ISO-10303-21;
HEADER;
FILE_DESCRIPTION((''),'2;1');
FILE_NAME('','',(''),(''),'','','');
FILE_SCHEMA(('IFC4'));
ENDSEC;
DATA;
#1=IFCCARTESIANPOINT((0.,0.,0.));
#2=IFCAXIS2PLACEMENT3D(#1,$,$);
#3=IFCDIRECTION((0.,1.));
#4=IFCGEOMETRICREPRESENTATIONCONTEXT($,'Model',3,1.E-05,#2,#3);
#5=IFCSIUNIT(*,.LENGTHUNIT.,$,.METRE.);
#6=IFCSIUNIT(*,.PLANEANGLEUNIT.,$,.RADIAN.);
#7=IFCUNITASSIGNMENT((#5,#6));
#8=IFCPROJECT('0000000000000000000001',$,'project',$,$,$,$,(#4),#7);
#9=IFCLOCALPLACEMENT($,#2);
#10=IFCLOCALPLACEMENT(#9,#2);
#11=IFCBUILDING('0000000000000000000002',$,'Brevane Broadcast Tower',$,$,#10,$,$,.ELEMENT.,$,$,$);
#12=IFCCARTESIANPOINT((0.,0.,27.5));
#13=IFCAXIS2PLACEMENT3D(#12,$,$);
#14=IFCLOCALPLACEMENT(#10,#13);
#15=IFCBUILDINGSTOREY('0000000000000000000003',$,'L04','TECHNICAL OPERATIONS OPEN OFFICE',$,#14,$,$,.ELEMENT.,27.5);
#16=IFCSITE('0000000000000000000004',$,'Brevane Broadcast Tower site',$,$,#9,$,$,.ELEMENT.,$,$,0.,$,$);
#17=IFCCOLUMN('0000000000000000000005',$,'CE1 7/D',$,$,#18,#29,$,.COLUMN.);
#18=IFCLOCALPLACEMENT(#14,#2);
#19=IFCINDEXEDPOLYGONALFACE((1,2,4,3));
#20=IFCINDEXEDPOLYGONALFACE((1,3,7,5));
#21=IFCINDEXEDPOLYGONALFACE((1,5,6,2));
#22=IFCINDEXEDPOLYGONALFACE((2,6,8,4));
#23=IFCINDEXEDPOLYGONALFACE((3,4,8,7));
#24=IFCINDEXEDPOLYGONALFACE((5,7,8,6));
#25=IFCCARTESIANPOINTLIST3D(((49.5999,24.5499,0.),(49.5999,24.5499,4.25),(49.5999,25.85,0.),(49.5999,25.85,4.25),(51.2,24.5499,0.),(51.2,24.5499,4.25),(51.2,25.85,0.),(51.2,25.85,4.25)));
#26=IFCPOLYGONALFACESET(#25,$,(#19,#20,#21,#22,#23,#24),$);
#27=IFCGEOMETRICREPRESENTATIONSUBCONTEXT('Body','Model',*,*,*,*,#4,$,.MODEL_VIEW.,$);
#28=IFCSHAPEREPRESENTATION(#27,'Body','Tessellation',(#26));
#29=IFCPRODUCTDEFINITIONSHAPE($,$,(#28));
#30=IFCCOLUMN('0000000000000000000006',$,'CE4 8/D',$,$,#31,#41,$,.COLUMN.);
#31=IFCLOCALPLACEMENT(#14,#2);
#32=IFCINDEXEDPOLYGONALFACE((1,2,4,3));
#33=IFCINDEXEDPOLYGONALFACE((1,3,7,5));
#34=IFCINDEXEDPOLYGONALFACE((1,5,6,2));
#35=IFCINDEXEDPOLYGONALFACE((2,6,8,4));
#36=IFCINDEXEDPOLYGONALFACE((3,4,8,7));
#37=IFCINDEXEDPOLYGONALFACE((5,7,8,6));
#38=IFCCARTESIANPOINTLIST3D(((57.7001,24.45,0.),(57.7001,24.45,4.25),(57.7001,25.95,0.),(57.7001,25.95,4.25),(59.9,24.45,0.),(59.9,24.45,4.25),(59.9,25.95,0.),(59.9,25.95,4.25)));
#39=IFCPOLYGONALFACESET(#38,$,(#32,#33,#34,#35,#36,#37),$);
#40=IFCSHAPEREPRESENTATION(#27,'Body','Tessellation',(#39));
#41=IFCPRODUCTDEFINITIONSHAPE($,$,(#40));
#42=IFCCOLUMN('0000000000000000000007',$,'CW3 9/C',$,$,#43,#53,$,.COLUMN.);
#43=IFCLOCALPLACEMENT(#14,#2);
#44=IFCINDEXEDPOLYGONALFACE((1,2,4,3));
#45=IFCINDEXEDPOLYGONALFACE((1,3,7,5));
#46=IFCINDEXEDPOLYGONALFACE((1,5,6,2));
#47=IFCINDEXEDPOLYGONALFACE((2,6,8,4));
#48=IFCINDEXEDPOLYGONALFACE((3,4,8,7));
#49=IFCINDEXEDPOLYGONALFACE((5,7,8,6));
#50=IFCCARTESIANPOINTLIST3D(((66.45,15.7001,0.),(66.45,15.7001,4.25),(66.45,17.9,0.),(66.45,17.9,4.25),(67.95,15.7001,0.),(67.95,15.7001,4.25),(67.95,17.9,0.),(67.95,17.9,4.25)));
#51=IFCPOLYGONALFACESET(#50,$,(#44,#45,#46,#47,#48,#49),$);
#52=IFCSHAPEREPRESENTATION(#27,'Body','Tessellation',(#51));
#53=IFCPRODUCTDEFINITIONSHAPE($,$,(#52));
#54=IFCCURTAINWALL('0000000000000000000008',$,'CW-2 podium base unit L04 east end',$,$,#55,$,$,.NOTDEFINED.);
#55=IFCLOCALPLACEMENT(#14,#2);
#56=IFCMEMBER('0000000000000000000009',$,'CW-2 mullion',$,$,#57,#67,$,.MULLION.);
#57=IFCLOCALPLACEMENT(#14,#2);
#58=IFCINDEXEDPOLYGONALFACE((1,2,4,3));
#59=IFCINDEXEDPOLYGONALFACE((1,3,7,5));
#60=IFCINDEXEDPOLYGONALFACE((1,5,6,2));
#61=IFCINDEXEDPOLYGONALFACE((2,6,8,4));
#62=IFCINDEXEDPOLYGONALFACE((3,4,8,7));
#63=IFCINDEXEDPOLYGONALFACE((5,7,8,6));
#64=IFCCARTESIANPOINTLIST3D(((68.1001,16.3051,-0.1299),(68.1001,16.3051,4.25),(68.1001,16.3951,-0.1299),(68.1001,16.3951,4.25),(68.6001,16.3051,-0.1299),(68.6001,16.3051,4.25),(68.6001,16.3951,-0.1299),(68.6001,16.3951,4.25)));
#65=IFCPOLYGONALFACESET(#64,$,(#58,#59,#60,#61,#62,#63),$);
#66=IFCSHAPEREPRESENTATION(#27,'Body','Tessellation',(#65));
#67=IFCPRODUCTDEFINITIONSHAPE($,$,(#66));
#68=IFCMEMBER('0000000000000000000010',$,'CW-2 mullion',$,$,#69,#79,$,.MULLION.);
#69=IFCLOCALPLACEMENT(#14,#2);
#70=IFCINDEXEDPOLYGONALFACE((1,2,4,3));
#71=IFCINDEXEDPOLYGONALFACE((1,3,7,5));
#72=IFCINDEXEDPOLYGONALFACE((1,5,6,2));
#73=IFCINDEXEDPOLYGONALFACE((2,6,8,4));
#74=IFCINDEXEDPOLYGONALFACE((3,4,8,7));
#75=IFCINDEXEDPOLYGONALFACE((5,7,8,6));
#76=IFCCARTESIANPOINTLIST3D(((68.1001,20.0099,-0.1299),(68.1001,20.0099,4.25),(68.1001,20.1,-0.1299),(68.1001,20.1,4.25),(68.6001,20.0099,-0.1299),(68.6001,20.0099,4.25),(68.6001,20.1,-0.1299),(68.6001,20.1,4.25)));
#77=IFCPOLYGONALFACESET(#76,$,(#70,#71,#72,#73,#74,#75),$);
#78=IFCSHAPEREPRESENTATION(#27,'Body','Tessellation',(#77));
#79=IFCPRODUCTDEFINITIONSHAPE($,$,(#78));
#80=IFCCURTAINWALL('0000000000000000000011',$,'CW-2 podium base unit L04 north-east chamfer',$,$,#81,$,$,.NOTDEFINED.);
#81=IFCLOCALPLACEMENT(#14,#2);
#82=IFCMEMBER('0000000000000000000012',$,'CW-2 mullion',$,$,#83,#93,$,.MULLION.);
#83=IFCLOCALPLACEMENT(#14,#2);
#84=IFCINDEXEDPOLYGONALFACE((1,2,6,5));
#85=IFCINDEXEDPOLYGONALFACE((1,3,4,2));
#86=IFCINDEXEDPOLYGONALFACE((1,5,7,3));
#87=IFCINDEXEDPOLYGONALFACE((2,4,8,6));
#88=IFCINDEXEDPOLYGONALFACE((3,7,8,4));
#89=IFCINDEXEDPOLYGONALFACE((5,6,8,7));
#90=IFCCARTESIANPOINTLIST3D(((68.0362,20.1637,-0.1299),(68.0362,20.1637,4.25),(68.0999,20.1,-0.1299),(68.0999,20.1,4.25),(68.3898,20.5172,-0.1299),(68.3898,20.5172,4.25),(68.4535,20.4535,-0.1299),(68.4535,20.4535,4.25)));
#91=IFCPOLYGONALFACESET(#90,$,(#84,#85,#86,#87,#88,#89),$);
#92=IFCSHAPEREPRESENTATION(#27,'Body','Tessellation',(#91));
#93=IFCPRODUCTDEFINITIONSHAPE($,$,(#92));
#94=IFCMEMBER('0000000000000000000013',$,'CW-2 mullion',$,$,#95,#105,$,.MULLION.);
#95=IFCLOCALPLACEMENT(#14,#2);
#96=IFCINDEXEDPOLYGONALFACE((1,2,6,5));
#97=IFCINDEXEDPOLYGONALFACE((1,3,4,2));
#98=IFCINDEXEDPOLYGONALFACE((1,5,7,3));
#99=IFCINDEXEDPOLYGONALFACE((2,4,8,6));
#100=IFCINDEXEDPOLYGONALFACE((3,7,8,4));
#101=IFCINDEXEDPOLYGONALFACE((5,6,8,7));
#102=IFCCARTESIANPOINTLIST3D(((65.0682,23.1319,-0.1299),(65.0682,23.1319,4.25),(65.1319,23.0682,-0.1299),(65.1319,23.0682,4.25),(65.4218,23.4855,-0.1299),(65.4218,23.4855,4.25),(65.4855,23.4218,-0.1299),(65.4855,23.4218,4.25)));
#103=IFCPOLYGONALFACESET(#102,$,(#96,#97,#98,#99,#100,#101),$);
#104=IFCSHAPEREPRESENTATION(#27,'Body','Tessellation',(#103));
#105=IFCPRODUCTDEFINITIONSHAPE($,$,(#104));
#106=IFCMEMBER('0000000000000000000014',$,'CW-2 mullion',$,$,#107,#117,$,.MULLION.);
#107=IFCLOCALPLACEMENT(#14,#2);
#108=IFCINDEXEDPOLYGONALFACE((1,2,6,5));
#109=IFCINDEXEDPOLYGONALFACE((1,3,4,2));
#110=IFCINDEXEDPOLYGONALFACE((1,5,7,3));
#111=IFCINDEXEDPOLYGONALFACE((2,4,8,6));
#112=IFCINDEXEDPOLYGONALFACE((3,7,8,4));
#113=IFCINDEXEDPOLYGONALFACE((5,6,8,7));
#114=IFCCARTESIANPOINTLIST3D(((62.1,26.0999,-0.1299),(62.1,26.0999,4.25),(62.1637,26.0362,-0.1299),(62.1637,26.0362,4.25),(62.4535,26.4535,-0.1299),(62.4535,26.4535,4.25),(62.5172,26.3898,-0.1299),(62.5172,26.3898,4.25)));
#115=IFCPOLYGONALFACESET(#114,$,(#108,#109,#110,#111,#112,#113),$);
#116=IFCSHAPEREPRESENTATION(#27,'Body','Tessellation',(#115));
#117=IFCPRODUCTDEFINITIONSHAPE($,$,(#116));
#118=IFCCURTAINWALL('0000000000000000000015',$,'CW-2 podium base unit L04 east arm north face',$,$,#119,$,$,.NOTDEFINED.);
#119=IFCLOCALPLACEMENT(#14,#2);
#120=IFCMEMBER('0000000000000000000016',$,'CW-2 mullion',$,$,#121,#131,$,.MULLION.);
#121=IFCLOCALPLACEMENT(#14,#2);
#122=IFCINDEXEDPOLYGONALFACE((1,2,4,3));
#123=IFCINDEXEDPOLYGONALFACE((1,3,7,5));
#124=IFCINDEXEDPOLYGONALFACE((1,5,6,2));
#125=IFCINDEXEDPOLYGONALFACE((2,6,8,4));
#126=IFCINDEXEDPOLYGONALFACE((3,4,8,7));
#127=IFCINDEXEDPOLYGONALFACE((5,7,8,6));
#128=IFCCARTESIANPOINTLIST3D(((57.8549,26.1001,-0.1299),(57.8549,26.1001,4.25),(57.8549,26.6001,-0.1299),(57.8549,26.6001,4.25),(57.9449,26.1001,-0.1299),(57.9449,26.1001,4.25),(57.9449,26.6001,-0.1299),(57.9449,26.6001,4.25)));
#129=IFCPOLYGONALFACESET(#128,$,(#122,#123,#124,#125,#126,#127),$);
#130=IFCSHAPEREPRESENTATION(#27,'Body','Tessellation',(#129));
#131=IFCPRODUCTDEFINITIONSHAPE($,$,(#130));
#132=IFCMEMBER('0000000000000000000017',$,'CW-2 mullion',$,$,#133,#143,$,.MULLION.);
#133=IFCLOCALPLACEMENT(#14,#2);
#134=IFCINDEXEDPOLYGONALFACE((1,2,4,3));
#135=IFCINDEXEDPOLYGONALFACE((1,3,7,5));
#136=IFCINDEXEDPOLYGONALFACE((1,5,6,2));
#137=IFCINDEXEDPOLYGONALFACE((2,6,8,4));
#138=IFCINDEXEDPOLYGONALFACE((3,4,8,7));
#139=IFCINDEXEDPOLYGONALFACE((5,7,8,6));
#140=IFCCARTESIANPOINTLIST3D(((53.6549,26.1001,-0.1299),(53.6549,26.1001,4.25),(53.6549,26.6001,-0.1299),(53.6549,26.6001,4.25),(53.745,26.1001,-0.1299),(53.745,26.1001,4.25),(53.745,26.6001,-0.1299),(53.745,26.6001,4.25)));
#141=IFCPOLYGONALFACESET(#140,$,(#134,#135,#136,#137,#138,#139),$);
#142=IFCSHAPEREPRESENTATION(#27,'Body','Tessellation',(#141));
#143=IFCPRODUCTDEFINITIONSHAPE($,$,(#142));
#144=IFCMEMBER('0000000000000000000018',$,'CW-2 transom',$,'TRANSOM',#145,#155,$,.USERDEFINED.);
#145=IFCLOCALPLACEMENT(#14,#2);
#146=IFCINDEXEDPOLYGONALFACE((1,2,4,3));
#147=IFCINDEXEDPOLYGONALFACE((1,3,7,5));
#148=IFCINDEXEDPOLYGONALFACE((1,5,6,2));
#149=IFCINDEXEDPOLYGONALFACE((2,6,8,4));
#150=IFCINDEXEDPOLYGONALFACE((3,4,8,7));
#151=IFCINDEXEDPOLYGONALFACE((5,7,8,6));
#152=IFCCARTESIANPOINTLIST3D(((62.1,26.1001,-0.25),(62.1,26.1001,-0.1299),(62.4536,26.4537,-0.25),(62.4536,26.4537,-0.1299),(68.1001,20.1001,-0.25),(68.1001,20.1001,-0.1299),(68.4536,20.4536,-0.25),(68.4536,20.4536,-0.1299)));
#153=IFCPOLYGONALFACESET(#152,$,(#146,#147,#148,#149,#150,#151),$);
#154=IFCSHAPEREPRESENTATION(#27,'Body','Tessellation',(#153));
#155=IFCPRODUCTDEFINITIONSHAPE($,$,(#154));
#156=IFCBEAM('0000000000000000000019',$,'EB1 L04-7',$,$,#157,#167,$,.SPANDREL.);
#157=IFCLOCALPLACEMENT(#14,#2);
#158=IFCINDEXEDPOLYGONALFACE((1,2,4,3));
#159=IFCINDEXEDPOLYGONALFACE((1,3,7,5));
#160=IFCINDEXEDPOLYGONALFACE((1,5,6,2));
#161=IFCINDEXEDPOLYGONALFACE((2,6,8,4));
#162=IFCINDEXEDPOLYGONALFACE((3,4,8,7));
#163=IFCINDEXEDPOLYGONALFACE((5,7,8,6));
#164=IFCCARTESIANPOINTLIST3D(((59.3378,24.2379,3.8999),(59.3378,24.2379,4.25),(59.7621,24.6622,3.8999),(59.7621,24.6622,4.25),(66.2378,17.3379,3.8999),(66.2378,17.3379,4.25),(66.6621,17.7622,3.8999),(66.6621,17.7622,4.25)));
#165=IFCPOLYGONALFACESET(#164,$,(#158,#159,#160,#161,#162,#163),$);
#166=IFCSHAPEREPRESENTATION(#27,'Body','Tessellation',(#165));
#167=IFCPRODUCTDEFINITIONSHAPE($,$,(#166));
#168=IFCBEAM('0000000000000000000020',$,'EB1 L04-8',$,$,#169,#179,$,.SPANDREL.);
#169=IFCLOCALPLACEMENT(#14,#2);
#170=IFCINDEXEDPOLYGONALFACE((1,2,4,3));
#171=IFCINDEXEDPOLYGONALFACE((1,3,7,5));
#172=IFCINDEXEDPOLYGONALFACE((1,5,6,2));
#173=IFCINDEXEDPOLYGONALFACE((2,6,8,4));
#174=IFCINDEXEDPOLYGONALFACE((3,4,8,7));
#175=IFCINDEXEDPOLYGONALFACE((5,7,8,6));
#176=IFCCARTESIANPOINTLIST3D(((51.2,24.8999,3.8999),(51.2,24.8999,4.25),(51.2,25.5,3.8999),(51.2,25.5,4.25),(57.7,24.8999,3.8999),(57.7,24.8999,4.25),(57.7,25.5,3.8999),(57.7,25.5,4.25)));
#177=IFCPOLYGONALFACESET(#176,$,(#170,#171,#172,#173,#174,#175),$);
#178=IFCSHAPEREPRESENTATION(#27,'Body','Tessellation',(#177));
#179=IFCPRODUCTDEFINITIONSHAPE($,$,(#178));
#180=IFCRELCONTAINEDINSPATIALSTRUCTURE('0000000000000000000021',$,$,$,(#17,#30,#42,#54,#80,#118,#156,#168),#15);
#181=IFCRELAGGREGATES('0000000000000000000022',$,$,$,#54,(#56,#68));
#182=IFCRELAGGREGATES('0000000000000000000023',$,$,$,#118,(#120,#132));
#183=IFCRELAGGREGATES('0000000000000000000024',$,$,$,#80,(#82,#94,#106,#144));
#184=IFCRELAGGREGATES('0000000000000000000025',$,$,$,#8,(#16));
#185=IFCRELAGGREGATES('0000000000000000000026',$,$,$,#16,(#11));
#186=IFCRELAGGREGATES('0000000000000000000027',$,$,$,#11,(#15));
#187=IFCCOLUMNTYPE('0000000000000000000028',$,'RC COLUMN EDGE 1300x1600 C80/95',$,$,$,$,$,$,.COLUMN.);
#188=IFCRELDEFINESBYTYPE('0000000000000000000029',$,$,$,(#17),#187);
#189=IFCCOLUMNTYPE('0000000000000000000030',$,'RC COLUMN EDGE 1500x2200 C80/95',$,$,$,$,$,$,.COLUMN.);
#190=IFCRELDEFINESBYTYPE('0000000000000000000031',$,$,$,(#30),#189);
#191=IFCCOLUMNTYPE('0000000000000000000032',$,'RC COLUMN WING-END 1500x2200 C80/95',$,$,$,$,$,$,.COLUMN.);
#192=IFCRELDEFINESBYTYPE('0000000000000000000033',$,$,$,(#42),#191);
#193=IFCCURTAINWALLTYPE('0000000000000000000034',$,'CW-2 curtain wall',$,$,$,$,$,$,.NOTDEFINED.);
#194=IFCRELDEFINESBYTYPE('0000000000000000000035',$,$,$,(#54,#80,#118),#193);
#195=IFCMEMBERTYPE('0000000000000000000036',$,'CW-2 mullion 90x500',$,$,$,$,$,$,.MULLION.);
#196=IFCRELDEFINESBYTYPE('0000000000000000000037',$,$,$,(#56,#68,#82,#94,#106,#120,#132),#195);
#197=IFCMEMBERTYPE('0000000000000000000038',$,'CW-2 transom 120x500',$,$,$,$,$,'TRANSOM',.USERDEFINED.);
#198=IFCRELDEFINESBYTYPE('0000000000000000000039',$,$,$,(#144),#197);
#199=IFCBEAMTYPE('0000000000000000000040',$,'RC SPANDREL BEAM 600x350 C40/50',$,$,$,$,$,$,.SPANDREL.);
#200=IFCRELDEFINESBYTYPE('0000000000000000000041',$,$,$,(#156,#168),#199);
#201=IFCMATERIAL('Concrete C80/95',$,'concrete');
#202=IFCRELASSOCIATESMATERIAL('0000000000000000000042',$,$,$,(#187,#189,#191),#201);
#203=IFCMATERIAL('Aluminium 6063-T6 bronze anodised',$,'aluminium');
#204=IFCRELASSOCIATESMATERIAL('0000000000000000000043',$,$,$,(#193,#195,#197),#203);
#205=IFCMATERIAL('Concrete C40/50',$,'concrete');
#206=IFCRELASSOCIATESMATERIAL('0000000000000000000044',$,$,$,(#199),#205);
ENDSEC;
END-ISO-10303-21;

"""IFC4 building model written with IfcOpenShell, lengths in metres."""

from ifc_helpers import new_model, si_unit, direction, frame, origin, origin_2d, place, context, subcontext, project, spatial, rectangle, extrude, material, material_profile, profile_set, type_object, element, aggregate, save


model = new_model("IFC4")

# Units and contexts
model_context = context("Model", 3, precision=1e-05, world=origin(), true_north=direction((0.0, 1.0)))
body_context = subcontext(model_context, "Body", "Model", "MODEL_VIEW")
ifc_project = project(units=[si_unit("LENGTHUNIT", "METRE"), si_unit("PLANEANGLEUNIT", "RADIAN")], contexts=[model_context])

# Site, building, storey
site_placement = place(None, origin())
site = spatial("IfcSite", under=ifc_project, at=site_placement, Name="Brevane Broadcast Tower site", CompositionType="ELEMENT", RefElevation=0.0)
building_placement = place(site_placement, origin())
building = spatial("IfcBuilding", under=site, at=building_placement, Name="Brevane Broadcast Tower", CompositionType="ELEMENT")
storey_placement = place(building_placement, frame((0.0, 0.0, 27.5)))
storey = spatial("IfcBuildingStorey", under=building, at=storey_placement, Name="L04", Description="TECHNICAL OPERATIONS OPEN OFFICE", CompositionType="ELEMENT", Elevation=27.5)

# Columns
ifc_material_1 = material(Name="Concrete C80/95", Category="concrete")
ifc_material_profile_1 = material_profile(ifc_material_1, rectangle(XDim=1.3, YDim=1.6001, at=origin_2d()), Name="RC 1300x1600")
ifc_profile_set_1 = profile_set([ifc_material_profile_1], Name="Concrete C80/95")
column_type_1 = type_object("IfcColumnType", Name="RC COLUMN EDGE 1300x1600 C80/95", PredefinedType="COLUMN", material=ifc_profile_set_1)
column_1_placement = place(storey_placement, frame((50.3999, 25.2, 0.0), z_axis=(0.0, 0.0, 1.0), x_axis=(0.0, 1.0, 0.0)))
element("IfcColumn", 1, at=column_1_placement, inside=storey, type_object=column_type_1, Name="CE1 7/D", PredefinedType="COLUMN", context=body_context, shape_type="SweptSolid", body=[
    extrude(rectangle(XDim=1.3, YDim=1.6001, at=origin_2d()), origin(), (0.0, 0.0, 1.0), 4.25),
])
ifc_material_profile_2 = material_profile(ifc_material_1, rectangle(XDim=1.5, YDim=2.2, at=origin_2d()), Name="RC 1500x2200")
ifc_profile_set_2 = profile_set([ifc_material_profile_2], Name="Concrete C80/95")
column_type_2 = type_object("IfcColumnType", Name="RC COLUMN EDGE 1500x2200 C80/95", PredefinedType="COLUMN", material=ifc_profile_set_2)
column_2_placement = place(storey_placement, frame((58.8, 25.2, 0.0), z_axis=(0.0, 0.0, 1.0), x_axis=(0.0, 1.0, 0.0)))
element("IfcColumn", 2, at=column_2_placement, inside=storey, type_object=column_type_2, Name="CE4 8/D", PredefinedType="COLUMN", context=body_context, shape_type="SweptSolid", body=[
    extrude(rectangle(XDim=1.5, YDim=2.2, at=origin_2d()), origin(), (0.0, 0.0, 1.0), 4.25),
])
ifc_material_profile_3 = material_profile(ifc_material_1, rectangle(XDim=1.5, YDim=2.2, at=origin_2d()), Name="RC 1500x2200")
ifc_profile_set_3 = profile_set([ifc_material_profile_3], Name="Concrete C80/95")
column_type_3 = type_object("IfcColumnType", Name="RC COLUMN WING-END 1500x2200 C80/95", PredefinedType="COLUMN", material=ifc_profile_set_3)
column_3_placement = place(storey_placement, frame((67.2, 16.8, 0.0), z_axis=(0.0, 0.0, 1.0), x_axis=(1.0, 0.0, 0.0)))
element("IfcColumn", 3, at=column_3_placement, inside=storey, type_object=column_type_3, Name="CW3 9/C", PredefinedType="COLUMN", context=body_context, shape_type="SweptSolid", body=[
    extrude(rectangle(XDim=1.5, YDim=2.2, at=origin_2d()), origin(), (0.0, 0.0, 1.0), 4.25),
])

# Curtain walls, members
ifc_material_2 = material(Name="Aluminium 6063-T6 bronze anodised", Category="aluminium")
curtain_wall_type = type_object("IfcCurtainWallType", Name="CW-2 curtain wall", PredefinedType="NOTDEFINED", material=ifc_material_2)
curtain_wall_1_placement = place(storey_placement, origin())
curtain_wall_1 = element("IfcCurtainWall", 4, at=curtain_wall_1_placement, inside=storey, type_object=curtain_wall_type, Name="CW-2 podium base unit L04 east end", PredefinedType="NOTDEFINED")
ifc_material_profile_4 = material_profile(ifc_material_2, rectangle(XDim=0.5, YDim=0.0901, at=origin_2d()), Name="RECT 90x500")
ifc_profile_set_4 = profile_set([ifc_material_profile_4], Name="Aluminium 6063-T6 bronze anodised")
member_type_1 = type_object("IfcMemberType", Name="CW-2 mullion 90x500", PredefinedType="MULLION", material=ifc_profile_set_4)
member_1_placement = place(storey_placement, frame((68.3501, 16.3501, -0.1299), z_axis=(0.0, 0.0, 1.0), x_axis=(-1.0, 0.0, 0.0)))
member_1 = element("IfcMember", 5, at=member_1_placement, type_object=member_type_1, Name="CW-2 mullion", PredefinedType="MULLION", context=body_context, shape_type="SweptSolid", body=[
    extrude(rectangle(XDim=0.5, YDim=0.0901, at=origin_2d()), origin(), (0.0, 0.0, 1.0), 4.3799),
])
member_2_placement = place(storey_placement, frame((68.3501, 20.0549, -0.1299), z_axis=(0.0, 0.0, 1.0), x_axis=(-1.0, 0.0, 0.0)))
member_2 = element("IfcMember", 6, at=member_2_placement, type_object=member_type_1, Name="CW-2 mullion", PredefinedType="MULLION", context=body_context, shape_type="SweptSolid", body=[
    extrude(rectangle(XDim=0.5, YDim=0.0901, at=origin_2d()), origin(), (0.0, 0.0, 1.0), 4.3799),
])
aggregate(curtain_wall_1, [member_1, member_2])
curtain_wall_2_placement = place(storey_placement, origin())
curtain_wall_2 = element("IfcCurtainWall", 7, at=curtain_wall_2_placement, inside=storey, type_object=curtain_wall_type, Name="CW-2 podium base unit L04 north-east chamfer", PredefinedType="NOTDEFINED")
member_3_placement = place(storey_placement, frame((68.2449, 20.3086, -0.1299), z_axis=(0.0, 0.0, 1.0), x_axis=(-0.707107, -0.707107, 0.0)))
member_3 = element("IfcMember", 8, at=member_3_placement, type_object=member_type_1, Name="CW-2 mullion", PredefinedType="MULLION", context=body_context, shape_type="SweptSolid", body=[
    extrude(rectangle(XDim=0.5, YDim=0.0901, at=origin_2d()), origin(), (0.0, 0.0, 1.0), 4.3799),
])
member_4_placement = place(storey_placement, frame((65.2769, 23.2769, -0.1299), z_axis=(0.0, 0.0, 1.0), x_axis=(-0.707107, -0.707107, 0.0)))
member_4 = element("IfcMember", 9, at=member_4_placement, type_object=member_type_1, Name="CW-2 mullion", PredefinedType="MULLION", context=body_context, shape_type="SweptSolid", body=[
    extrude(rectangle(XDim=0.5, YDim=0.0901, at=origin_2d()), origin(), (0.0, 0.0, 1.0), 4.3799),
])
member_5_placement = place(storey_placement, frame((62.3086, 26.2449, -0.1299), z_axis=(0.0, 0.0, 1.0), x_axis=(-0.707107, -0.707107, 0.0)))
member_5 = element("IfcMember", 10, at=member_5_placement, type_object=member_type_1, Name="CW-2 mullion", PredefinedType="MULLION", context=body_context, shape_type="SweptSolid", body=[
    extrude(rectangle(XDim=0.5, YDim=0.0901, at=origin_2d()), origin(), (0.0, 0.0, 1.0), 4.3799),
])
curtain_wall_3_placement = place(storey_placement, origin())
curtain_wall_3 = element("IfcCurtainWall", 11, at=curtain_wall_3_placement, inside=storey, type_object=curtain_wall_type, Name="CW-2 podium base unit L04 east arm north face", PredefinedType="NOTDEFINED")
member_6_placement = place(storey_placement, frame((57.8999, 26.3501, -0.1299), z_axis=(0.0, 0.0, 1.0), x_axis=(0.0, -1.0, 0.0)))
member_6 = element("IfcMember", 12, at=member_6_placement, type_object=member_type_1, Name="CW-2 mullion", PredefinedType="MULLION", context=body_context, shape_type="SweptSolid", body=[
    extrude(rectangle(XDim=0.5, YDim=0.0901, at=origin_2d()), origin(), (0.0, 0.0, 1.0), 4.3799),
])
member_7_placement = place(storey_placement, frame((53.7, 26.3501, -0.1299), z_axis=(0.0, 0.0, 1.0), x_axis=(0.0, -1.0, 0.0)))
member_7 = element("IfcMember", 13, at=member_7_placement, type_object=member_type_1, Name="CW-2 mullion", PredefinedType="MULLION", context=body_context, shape_type="SweptSolid", body=[
    extrude(rectangle(XDim=0.5, YDim=0.0901, at=origin_2d()), origin(), (0.0, 0.0, 1.0), 4.3799),
])
aggregate(curtain_wall_3, [member_6, member_7])

# Member
ifc_material_profile_5 = material_profile(ifc_material_2, rectangle(XDim=0.5, YDim=0.1201, at=origin_2d()), Name="RECT 120x500")
ifc_profile_set_5 = profile_set([ifc_material_profile_5], Name="Aluminium 6063-T6 bronze anodised")
member_type_2 = type_object("IfcMemberType", Name="CW-2 transom 120x500", ElementType="TRANSOM", PredefinedType="USERDEFINED", material=ifc_profile_set_5)
member_8_placement = place(storey_placement, frame((68.2769, 20.2769, -0.1899), z_axis=(-0.707107, 0.707107, 0.0), x_axis=(-0.707107, -0.707107, 0.0)))
member_8 = element("IfcMember", 14, at=member_8_placement, type_object=member_type_2, Name="CW-2 transom", ObjectType="TRANSOM", PredefinedType="USERDEFINED", context=body_context, shape_type="SweptSolid", body=[
    extrude(rectangle(XDim=0.5, YDim=0.1201, at=origin_2d()), origin(), (0.0, 0.0, 1.0), 8.4854),
])
aggregate(curtain_wall_2, [member_3, member_4, member_5, member_8])

# Beams
ifc_material_3 = material(Name="Concrete C40/50", Category="concrete")
ifc_material_profile_6 = material_profile(ifc_material_3, rectangle(XDim=0.6001, YDim=0.3501, at=origin_2d()), Name="RC 600x350")
ifc_profile_set_6 = profile_set([ifc_material_profile_6], Name="Concrete C40/50")
beam_type = type_object("IfcBeamType", Name="RC SPANDREL BEAM 600x350 C40/50", PredefinedType="SPANDREL", material=ifc_profile_set_6)
beam_1_placement = place(storey_placement, frame((66.45, 17.55, 4.075), z_axis=(-0.707107, 0.707107, 0.0), x_axis=(-0.707107, -0.707107, 0.0)))
element("IfcBeam", 15, at=beam_1_placement, inside=storey, type_object=beam_type, Name="EB1 L04-7", PredefinedType="SPANDREL", context=body_context, shape_type="SweptSolid", body=[
    extrude(rectangle(XDim=0.6001, YDim=0.3501, at=origin_2d()), origin(), (0.0, 0.0, 1.0), 9.7581),
])
beam_2_placement = place(storey_placement, frame((57.7, 25.2, 4.075), z_axis=(-1.0, 0.0, 0.0), x_axis=(0.0, -1.0, 0.0)))
element("IfcBeam", 16, at=beam_2_placement, inside=storey, type_object=beam_type, Name="EB1 L04-8", PredefinedType="SPANDREL", context=body_context, shape_type="SweptSolid", body=[
    extrude(rectangle(XDim=0.6001, YDim=0.3501, at=origin_2d()), origin(), (0.0, 0.0, 1.0), 6.5),
])

save(model, "model.ifc")
